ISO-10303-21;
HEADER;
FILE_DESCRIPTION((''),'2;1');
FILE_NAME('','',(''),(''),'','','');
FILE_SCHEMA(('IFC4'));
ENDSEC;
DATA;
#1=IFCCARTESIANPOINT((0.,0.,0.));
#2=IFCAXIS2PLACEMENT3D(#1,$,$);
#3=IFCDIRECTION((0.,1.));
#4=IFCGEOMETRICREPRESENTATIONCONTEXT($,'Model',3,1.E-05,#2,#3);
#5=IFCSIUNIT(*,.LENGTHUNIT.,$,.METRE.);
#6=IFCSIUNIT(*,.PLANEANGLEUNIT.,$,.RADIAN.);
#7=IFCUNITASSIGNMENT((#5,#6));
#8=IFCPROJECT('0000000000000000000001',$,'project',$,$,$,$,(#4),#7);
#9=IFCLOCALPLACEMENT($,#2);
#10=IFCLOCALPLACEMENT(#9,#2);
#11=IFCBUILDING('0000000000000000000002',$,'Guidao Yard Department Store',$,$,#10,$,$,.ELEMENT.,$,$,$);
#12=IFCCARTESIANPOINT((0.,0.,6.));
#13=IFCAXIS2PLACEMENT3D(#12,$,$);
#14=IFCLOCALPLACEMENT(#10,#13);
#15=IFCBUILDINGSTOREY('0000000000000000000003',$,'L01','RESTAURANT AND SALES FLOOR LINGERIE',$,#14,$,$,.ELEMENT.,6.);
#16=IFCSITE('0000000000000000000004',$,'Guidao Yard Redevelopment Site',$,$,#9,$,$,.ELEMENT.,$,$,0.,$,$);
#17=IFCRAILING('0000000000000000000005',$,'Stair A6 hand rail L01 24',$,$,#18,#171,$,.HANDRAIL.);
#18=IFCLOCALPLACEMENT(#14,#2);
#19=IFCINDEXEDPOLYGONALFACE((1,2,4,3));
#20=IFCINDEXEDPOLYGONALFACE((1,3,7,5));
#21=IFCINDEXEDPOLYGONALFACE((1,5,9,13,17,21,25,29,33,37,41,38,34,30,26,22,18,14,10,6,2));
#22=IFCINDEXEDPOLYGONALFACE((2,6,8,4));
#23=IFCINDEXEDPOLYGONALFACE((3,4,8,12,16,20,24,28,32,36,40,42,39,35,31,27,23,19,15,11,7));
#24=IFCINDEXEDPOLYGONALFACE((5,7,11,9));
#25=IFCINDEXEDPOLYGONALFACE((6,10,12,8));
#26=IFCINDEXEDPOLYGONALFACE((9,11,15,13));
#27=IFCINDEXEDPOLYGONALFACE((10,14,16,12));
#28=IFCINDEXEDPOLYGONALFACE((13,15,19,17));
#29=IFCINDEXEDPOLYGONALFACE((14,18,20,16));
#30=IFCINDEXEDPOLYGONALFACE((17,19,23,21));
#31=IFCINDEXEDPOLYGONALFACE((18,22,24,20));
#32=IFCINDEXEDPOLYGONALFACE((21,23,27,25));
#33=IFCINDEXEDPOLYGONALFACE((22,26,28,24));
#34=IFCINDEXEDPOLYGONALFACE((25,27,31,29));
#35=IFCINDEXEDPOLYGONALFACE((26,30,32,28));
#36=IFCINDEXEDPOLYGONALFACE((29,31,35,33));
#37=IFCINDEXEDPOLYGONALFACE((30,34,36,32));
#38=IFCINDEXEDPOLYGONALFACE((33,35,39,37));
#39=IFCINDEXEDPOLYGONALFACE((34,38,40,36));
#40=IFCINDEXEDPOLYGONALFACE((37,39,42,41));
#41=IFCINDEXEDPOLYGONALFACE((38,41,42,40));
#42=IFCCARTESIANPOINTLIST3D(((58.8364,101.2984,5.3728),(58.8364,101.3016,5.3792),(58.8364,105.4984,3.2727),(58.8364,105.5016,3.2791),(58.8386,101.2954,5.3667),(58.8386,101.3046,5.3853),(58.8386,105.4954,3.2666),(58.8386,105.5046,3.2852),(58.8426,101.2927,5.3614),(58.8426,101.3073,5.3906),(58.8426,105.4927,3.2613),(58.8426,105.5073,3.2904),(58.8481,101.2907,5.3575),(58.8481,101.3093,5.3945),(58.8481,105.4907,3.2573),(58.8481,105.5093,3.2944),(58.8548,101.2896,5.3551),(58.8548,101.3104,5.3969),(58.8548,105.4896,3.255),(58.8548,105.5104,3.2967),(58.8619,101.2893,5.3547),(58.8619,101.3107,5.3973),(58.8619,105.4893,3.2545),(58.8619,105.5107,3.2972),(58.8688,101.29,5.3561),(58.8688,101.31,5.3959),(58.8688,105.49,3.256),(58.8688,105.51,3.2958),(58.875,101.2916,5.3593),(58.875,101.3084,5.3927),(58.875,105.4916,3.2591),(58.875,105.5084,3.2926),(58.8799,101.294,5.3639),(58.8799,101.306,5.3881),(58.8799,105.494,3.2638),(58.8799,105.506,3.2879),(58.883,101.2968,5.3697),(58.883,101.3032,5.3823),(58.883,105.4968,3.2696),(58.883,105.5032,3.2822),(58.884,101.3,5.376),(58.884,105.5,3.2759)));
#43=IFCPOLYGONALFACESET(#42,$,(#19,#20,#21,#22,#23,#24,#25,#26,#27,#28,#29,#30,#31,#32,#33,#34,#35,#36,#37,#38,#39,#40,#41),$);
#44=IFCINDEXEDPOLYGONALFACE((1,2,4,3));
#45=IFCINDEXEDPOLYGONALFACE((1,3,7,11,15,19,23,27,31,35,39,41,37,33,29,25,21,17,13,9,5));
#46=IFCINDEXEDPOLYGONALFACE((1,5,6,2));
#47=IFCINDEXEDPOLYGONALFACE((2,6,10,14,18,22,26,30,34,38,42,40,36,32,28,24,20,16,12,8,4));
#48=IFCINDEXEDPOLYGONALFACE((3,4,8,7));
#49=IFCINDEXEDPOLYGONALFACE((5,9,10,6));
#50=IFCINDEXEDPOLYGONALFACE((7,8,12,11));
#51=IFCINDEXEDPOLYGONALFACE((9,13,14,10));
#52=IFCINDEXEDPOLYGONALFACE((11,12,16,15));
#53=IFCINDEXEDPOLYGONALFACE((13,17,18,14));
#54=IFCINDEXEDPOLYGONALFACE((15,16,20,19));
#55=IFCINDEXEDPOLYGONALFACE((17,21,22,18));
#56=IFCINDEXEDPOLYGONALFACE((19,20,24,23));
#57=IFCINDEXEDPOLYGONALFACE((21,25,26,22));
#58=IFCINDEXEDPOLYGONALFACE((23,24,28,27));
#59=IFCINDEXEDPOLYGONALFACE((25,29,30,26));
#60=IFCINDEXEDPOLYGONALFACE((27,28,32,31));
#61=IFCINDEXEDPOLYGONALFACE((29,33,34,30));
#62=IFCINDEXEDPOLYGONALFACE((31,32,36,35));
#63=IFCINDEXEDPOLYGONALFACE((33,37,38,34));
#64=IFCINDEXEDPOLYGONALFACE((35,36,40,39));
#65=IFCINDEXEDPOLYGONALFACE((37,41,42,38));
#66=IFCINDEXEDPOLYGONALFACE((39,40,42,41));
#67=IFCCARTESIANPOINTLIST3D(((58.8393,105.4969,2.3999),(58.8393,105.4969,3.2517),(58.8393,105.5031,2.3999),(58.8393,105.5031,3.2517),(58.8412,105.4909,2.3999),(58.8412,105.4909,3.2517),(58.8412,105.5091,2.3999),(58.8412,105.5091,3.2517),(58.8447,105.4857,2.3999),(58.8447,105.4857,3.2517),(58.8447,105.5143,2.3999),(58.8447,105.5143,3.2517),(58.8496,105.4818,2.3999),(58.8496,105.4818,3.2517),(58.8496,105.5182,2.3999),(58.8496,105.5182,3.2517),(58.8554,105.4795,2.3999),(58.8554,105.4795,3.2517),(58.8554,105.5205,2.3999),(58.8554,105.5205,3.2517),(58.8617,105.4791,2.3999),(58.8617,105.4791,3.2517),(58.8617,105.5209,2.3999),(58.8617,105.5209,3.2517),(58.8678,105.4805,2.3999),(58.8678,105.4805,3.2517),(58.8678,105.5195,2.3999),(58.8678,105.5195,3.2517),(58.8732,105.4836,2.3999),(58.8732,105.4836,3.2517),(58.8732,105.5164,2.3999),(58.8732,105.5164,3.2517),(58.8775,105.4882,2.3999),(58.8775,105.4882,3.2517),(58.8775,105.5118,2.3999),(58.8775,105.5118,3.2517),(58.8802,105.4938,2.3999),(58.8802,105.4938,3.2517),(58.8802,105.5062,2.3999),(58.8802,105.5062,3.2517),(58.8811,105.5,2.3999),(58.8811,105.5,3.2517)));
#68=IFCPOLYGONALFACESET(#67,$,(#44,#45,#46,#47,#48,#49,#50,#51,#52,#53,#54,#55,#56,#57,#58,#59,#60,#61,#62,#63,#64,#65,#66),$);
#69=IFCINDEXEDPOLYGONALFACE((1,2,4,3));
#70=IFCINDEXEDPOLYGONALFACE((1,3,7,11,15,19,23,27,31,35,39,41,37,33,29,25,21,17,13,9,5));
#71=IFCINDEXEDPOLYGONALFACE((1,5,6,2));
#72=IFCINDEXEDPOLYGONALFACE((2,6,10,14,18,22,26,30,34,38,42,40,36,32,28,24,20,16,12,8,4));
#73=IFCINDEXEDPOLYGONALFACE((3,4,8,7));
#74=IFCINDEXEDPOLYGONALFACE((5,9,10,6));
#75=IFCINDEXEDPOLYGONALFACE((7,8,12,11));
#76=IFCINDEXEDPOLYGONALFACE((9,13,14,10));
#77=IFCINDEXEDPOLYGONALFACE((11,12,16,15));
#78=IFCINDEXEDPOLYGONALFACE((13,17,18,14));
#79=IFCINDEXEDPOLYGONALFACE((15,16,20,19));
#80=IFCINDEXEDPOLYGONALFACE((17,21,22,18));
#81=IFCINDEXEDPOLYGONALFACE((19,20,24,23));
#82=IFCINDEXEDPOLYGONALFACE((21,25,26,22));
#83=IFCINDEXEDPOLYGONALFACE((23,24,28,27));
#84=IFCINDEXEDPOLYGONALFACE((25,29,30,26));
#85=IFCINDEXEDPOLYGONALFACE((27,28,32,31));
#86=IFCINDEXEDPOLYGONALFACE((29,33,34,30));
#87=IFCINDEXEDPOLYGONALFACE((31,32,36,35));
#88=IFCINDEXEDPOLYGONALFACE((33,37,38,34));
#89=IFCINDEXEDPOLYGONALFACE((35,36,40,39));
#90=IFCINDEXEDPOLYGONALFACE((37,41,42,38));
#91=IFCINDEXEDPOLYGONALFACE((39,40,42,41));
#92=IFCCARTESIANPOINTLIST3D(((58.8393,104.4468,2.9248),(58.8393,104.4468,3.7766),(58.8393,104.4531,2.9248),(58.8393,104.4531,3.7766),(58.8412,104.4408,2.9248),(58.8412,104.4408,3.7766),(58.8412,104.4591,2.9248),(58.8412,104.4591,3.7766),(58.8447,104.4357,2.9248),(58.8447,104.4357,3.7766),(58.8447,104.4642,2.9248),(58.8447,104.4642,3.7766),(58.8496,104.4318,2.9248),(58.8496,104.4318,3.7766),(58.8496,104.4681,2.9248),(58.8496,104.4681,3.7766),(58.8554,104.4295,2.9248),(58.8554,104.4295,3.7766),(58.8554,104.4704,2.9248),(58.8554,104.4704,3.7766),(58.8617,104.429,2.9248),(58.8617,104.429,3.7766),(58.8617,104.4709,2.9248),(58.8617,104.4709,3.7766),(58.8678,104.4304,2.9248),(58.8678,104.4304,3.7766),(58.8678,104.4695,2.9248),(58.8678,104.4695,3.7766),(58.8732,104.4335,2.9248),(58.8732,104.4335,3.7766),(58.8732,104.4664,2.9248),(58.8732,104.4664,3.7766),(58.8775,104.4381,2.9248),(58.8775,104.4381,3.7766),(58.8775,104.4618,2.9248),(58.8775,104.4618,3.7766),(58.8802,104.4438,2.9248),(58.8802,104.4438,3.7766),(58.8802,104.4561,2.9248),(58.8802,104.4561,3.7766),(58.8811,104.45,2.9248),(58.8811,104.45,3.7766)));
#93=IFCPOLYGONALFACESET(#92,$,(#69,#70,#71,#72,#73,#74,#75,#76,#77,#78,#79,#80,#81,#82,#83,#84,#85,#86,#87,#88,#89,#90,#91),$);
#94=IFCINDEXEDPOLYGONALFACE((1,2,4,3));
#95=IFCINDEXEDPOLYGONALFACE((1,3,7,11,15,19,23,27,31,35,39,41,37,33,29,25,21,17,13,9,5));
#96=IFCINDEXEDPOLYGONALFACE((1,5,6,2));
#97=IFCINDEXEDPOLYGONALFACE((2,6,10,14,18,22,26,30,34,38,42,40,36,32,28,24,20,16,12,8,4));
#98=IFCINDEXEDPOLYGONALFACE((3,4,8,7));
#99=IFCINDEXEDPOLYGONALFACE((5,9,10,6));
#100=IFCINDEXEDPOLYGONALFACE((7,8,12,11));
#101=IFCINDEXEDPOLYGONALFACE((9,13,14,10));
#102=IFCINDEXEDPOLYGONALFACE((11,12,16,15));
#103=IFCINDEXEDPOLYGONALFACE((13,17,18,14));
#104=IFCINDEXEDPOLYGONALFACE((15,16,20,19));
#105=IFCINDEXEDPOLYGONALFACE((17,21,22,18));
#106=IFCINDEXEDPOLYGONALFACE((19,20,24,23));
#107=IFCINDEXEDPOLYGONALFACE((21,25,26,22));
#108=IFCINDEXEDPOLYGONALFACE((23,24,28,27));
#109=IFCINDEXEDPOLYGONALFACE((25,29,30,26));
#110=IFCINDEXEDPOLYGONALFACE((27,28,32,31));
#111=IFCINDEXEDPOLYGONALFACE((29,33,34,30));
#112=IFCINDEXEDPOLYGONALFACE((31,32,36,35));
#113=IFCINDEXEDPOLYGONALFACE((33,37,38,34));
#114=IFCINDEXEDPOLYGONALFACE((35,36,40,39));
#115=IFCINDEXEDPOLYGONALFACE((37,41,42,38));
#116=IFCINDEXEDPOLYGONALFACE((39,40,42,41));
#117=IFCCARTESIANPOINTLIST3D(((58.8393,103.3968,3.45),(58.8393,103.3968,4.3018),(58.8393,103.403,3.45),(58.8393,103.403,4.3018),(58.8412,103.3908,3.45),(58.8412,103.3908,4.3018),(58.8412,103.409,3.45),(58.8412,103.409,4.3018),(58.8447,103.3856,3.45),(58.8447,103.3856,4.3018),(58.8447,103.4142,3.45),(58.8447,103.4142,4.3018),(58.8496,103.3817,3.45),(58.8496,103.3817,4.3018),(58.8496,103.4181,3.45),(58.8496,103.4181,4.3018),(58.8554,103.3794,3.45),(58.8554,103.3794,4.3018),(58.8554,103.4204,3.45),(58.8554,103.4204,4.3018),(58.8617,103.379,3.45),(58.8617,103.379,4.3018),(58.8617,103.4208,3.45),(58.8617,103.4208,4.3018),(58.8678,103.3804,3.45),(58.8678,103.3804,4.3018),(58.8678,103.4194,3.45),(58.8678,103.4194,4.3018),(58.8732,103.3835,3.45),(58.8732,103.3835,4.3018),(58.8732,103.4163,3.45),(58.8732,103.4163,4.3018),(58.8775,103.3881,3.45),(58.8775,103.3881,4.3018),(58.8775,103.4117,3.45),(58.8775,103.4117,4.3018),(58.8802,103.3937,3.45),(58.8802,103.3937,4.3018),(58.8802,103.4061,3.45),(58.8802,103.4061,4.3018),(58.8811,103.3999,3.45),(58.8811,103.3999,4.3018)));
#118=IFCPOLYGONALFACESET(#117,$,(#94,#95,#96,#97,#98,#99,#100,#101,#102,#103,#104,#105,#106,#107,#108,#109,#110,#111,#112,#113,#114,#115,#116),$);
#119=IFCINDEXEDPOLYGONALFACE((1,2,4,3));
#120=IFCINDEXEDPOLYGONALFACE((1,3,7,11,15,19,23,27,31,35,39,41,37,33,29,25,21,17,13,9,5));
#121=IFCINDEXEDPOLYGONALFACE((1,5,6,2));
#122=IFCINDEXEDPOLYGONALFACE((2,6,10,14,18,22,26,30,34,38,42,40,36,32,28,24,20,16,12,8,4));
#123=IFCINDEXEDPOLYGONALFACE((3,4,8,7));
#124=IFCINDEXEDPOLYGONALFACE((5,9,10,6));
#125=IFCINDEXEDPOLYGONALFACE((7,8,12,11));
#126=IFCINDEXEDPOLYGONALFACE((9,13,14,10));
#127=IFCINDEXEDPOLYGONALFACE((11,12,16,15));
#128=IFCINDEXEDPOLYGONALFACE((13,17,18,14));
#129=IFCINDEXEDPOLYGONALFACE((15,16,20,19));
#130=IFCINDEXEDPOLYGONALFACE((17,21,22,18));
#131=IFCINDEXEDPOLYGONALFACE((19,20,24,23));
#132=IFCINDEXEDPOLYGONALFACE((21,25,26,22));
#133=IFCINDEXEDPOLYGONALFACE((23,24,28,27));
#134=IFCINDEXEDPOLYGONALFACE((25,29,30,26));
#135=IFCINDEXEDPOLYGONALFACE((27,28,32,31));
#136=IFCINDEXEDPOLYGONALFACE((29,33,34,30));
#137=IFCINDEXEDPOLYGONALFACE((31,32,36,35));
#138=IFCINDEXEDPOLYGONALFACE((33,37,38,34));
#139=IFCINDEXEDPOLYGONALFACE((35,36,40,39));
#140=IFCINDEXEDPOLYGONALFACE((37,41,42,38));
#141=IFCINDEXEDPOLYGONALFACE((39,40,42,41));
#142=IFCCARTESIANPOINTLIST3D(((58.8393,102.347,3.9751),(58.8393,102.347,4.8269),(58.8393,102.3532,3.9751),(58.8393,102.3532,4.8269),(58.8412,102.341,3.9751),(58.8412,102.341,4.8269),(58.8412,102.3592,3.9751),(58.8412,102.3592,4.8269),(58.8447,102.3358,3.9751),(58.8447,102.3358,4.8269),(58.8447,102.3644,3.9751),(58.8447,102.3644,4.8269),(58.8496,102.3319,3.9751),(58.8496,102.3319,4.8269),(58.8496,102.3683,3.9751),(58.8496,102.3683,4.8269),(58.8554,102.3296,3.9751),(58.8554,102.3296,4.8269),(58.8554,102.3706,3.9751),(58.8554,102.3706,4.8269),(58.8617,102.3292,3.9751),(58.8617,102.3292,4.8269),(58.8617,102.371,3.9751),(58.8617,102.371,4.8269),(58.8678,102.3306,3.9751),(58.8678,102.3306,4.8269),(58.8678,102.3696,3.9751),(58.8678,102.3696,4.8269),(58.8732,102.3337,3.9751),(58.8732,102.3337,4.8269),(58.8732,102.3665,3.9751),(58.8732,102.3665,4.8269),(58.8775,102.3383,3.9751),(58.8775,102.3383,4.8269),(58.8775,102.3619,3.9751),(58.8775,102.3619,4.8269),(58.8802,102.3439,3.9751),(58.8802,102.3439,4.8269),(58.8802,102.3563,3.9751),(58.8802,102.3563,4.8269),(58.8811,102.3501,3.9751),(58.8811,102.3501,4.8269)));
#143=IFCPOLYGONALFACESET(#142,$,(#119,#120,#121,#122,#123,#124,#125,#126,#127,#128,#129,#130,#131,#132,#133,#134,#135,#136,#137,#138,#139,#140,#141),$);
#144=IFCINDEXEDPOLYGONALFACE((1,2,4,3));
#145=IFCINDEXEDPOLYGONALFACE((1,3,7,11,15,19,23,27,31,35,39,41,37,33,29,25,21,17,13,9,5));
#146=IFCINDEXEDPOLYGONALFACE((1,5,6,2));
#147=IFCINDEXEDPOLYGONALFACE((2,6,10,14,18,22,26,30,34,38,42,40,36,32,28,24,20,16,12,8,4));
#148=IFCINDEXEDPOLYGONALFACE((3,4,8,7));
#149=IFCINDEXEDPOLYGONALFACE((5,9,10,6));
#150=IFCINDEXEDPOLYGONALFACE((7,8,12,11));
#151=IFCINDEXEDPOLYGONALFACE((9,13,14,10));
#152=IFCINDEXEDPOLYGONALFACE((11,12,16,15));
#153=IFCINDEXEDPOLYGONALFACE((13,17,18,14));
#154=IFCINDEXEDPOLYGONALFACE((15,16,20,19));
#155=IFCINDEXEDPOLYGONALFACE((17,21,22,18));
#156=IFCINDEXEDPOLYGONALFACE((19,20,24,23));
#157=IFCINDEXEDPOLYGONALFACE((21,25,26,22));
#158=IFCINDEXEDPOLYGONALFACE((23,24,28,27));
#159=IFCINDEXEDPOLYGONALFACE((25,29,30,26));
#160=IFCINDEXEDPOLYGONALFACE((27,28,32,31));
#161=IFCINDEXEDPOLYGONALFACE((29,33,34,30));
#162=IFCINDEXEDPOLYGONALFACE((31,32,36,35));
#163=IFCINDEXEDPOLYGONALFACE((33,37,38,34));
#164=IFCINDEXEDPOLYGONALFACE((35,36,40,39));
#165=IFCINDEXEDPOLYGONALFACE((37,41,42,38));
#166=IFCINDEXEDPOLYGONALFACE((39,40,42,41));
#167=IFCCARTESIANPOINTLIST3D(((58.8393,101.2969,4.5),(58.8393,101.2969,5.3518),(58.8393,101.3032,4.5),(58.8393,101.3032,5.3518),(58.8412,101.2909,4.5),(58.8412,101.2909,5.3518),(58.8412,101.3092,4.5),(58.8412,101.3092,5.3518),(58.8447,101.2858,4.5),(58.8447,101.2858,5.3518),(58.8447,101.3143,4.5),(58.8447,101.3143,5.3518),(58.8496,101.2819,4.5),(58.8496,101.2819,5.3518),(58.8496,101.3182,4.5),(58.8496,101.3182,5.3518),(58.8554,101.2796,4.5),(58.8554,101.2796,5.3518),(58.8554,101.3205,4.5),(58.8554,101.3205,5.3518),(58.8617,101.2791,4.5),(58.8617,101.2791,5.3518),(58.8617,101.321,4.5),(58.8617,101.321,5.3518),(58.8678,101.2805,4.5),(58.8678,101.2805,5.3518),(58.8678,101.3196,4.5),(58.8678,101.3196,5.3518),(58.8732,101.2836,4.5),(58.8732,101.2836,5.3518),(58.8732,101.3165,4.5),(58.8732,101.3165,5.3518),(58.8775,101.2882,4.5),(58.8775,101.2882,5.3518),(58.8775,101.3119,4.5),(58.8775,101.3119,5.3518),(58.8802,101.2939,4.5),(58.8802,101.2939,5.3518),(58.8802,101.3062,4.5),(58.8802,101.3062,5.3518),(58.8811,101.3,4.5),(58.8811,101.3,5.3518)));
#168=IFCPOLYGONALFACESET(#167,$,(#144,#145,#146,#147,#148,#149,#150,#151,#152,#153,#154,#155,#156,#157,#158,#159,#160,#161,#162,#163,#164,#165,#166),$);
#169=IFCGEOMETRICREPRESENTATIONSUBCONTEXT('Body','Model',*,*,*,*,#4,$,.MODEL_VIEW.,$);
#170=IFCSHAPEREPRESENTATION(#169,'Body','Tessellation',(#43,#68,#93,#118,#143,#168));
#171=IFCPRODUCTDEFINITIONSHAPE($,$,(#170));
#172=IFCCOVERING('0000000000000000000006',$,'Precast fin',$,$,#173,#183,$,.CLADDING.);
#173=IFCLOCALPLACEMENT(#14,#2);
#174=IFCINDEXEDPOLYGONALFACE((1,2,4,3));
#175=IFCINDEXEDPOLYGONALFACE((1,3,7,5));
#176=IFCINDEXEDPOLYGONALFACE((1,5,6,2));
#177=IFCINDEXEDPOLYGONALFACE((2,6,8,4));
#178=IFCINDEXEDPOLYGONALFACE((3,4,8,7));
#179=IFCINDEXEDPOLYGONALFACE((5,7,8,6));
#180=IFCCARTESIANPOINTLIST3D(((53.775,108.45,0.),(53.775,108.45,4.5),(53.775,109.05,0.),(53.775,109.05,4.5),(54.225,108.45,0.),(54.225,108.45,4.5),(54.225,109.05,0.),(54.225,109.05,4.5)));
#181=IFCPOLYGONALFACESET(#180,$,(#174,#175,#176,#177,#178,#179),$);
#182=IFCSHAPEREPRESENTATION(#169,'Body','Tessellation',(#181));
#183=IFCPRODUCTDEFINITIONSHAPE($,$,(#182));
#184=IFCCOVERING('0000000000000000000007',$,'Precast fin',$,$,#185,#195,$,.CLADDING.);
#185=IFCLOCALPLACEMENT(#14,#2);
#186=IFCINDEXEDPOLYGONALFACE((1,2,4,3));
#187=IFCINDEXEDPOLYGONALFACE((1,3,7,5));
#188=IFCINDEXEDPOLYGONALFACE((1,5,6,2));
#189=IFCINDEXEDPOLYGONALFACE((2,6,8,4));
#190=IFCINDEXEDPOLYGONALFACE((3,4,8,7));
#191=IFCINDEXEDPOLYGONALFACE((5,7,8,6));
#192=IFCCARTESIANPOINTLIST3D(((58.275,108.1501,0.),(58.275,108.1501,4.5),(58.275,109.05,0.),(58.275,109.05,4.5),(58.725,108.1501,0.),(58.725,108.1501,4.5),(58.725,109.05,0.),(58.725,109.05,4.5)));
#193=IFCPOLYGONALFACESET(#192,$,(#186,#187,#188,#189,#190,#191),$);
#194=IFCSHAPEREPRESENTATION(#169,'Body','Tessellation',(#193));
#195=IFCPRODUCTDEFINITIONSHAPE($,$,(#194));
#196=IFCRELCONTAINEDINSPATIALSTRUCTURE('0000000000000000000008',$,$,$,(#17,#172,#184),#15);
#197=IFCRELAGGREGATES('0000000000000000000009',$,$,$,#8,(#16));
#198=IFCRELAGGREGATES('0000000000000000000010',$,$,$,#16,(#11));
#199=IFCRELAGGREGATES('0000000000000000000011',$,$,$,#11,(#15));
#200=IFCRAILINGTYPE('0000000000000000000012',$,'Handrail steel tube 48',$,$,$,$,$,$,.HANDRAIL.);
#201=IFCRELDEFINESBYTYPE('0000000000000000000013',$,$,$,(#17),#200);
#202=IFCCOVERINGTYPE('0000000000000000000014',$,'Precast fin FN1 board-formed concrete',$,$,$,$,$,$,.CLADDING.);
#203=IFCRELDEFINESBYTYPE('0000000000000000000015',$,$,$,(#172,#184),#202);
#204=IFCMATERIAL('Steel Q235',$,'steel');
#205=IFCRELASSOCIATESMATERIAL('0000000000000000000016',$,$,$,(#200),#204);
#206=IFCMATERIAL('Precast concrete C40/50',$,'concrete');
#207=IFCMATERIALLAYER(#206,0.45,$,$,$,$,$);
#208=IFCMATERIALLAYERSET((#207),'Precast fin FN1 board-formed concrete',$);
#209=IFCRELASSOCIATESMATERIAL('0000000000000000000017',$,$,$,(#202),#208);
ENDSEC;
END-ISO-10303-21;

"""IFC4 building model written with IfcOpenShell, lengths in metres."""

from ifc_helpers import new_model, si_unit, direction, frame, origin, origin_2d, place, context, subcontext, project, spatial, rectangle, circle, extrude, material, layer, layer_set, type_object, element, save


model = new_model("IFC4")

# Units and contexts
model_context = context("Model", 3, precision=1e-05, world=origin(), true_north=direction((0.0, 1.0)))
body_context = subcontext(model_context, "Body", "Model", "MODEL_VIEW")
ifc_project = project(units=[si_unit("LENGTHUNIT", "METRE"), si_unit("PLANEANGLEUNIT", "RADIAN")], contexts=[model_context])

# Site, building, storey
site_placement = place(None, origin())
site = spatial("IfcSite", under=ifc_project, at=site_placement, Name="Guidao Yard Redevelopment Site", CompositionType="ELEMENT", RefElevation=0.0)
building_placement = place(site_placement, origin())
building = spatial("IfcBuilding", under=site, at=building_placement, Name="Guidao Yard Department Store", CompositionType="ELEMENT")
storey_placement = place(building_placement, frame((0.0, 0.0, 6.0)))
storey = spatial("IfcBuildingStorey", under=building, at=storey_placement, Name="L01", Description="RESTAURANT AND SALES FLOOR LINGERIE", CompositionType="ELEMENT", Elevation=6.0)

# Railing
ifc_material_1 = material(Name="Steel Q235", Category="steel")
railing_type_1 = type_object("IfcRailingType", Name="Handrail steel tube 48", PredefinedType="HANDRAIL", material=ifc_material_1)
for number, where, name in (
    (1, (58.8601, 105.5, 2.3999), "Stair A6 hand rail L01 24"),
):
    element("IfcRailing", number, at=place(storey_placement, frame(where)), inside=storey, type_object=railing_type_1, Name=name, PredefinedType="HANDRAIL", context=body_context, shape_type="SweptSolid", body=[
        extrude(circle(Radius=0.0239, at=origin_2d()), frame((0.0, 0.0, 0.876), z_axis=(0.0, -0.894417, 0.447234), x_axis=(1.0, 0.0, 0.0)), (0.0, 0.0, 1.0), 4.6958),
        extrude(circle(Radius=0.021, at=origin_2d()), origin(), (0.0, 0.0, 1.0), 0.8518),
        extrude(circle(Radius=0.021, at=origin_2d()), frame((0.0, -1.05, 0.5249)), (0.0, 0.0, 1.0), 0.8518),
        extrude(circle(Radius=0.021, at=origin_2d()), frame((0.0, -2.1001, 1.05)), (0.0, 0.0, 1.0), 0.8518),
        extrude(circle(Radius=0.021, at=origin_2d()), frame((0.0, -3.1499, 1.5752)), (0.0, 0.0, 1.0), 0.8518),
        extrude(circle(Radius=0.021, at=origin_2d()), frame((0.0, -4.2, 2.1001)), (0.0, 0.0, 1.0), 0.8518),
    ])

# Coverings
ifc_material_2 = material(Name="Precast concrete C40/50", Category="concrete")
ifc_layer_1 = layer(ifc_material_2, 0.45)
ifc_layer_set_1 = layer_set([ifc_layer_1], Name="Precast fin FN1 board-formed concrete")
covering_type = type_object("IfcCoveringType", Name="Precast fin FN1 board-formed concrete", PredefinedType="CLADDING", material=ifc_layer_set_1)
covering_1_placement = place(storey_placement, frame((54.0, 108.75, 0.0), z_axis=(0.0, 0.0, 1.0), x_axis=(1.0, 0.0, 0.0)))
element("IfcCovering", 2, at=covering_1_placement, inside=storey, type_object=covering_type, Name="Precast fin", PredefinedType="CLADDING", context=body_context, shape_type="SweptSolid", body=[
    extrude(rectangle(XDim=0.45, YDim=0.6001, at=origin_2d()), origin(), (0.0, 0.0, 1.0), 4.5),
])
covering_2_placement = place(storey_placement, frame((58.5, 108.6001, 0.0), z_axis=(0.0, 0.0, 1.0), x_axis=(1.0, 0.0, 0.0)))
element("IfcCovering", 3, at=covering_2_placement, inside=storey, type_object=covering_type, Name="Precast fin", PredefinedType="CLADDING", context=body_context, shape_type="SweptSolid", body=[
    extrude(rectangle(XDim=0.45, YDim=0.8999, at=origin_2d()), origin(), (0.0, 0.0, 1.0), 4.5),
])

save(model, "model.ifc")
